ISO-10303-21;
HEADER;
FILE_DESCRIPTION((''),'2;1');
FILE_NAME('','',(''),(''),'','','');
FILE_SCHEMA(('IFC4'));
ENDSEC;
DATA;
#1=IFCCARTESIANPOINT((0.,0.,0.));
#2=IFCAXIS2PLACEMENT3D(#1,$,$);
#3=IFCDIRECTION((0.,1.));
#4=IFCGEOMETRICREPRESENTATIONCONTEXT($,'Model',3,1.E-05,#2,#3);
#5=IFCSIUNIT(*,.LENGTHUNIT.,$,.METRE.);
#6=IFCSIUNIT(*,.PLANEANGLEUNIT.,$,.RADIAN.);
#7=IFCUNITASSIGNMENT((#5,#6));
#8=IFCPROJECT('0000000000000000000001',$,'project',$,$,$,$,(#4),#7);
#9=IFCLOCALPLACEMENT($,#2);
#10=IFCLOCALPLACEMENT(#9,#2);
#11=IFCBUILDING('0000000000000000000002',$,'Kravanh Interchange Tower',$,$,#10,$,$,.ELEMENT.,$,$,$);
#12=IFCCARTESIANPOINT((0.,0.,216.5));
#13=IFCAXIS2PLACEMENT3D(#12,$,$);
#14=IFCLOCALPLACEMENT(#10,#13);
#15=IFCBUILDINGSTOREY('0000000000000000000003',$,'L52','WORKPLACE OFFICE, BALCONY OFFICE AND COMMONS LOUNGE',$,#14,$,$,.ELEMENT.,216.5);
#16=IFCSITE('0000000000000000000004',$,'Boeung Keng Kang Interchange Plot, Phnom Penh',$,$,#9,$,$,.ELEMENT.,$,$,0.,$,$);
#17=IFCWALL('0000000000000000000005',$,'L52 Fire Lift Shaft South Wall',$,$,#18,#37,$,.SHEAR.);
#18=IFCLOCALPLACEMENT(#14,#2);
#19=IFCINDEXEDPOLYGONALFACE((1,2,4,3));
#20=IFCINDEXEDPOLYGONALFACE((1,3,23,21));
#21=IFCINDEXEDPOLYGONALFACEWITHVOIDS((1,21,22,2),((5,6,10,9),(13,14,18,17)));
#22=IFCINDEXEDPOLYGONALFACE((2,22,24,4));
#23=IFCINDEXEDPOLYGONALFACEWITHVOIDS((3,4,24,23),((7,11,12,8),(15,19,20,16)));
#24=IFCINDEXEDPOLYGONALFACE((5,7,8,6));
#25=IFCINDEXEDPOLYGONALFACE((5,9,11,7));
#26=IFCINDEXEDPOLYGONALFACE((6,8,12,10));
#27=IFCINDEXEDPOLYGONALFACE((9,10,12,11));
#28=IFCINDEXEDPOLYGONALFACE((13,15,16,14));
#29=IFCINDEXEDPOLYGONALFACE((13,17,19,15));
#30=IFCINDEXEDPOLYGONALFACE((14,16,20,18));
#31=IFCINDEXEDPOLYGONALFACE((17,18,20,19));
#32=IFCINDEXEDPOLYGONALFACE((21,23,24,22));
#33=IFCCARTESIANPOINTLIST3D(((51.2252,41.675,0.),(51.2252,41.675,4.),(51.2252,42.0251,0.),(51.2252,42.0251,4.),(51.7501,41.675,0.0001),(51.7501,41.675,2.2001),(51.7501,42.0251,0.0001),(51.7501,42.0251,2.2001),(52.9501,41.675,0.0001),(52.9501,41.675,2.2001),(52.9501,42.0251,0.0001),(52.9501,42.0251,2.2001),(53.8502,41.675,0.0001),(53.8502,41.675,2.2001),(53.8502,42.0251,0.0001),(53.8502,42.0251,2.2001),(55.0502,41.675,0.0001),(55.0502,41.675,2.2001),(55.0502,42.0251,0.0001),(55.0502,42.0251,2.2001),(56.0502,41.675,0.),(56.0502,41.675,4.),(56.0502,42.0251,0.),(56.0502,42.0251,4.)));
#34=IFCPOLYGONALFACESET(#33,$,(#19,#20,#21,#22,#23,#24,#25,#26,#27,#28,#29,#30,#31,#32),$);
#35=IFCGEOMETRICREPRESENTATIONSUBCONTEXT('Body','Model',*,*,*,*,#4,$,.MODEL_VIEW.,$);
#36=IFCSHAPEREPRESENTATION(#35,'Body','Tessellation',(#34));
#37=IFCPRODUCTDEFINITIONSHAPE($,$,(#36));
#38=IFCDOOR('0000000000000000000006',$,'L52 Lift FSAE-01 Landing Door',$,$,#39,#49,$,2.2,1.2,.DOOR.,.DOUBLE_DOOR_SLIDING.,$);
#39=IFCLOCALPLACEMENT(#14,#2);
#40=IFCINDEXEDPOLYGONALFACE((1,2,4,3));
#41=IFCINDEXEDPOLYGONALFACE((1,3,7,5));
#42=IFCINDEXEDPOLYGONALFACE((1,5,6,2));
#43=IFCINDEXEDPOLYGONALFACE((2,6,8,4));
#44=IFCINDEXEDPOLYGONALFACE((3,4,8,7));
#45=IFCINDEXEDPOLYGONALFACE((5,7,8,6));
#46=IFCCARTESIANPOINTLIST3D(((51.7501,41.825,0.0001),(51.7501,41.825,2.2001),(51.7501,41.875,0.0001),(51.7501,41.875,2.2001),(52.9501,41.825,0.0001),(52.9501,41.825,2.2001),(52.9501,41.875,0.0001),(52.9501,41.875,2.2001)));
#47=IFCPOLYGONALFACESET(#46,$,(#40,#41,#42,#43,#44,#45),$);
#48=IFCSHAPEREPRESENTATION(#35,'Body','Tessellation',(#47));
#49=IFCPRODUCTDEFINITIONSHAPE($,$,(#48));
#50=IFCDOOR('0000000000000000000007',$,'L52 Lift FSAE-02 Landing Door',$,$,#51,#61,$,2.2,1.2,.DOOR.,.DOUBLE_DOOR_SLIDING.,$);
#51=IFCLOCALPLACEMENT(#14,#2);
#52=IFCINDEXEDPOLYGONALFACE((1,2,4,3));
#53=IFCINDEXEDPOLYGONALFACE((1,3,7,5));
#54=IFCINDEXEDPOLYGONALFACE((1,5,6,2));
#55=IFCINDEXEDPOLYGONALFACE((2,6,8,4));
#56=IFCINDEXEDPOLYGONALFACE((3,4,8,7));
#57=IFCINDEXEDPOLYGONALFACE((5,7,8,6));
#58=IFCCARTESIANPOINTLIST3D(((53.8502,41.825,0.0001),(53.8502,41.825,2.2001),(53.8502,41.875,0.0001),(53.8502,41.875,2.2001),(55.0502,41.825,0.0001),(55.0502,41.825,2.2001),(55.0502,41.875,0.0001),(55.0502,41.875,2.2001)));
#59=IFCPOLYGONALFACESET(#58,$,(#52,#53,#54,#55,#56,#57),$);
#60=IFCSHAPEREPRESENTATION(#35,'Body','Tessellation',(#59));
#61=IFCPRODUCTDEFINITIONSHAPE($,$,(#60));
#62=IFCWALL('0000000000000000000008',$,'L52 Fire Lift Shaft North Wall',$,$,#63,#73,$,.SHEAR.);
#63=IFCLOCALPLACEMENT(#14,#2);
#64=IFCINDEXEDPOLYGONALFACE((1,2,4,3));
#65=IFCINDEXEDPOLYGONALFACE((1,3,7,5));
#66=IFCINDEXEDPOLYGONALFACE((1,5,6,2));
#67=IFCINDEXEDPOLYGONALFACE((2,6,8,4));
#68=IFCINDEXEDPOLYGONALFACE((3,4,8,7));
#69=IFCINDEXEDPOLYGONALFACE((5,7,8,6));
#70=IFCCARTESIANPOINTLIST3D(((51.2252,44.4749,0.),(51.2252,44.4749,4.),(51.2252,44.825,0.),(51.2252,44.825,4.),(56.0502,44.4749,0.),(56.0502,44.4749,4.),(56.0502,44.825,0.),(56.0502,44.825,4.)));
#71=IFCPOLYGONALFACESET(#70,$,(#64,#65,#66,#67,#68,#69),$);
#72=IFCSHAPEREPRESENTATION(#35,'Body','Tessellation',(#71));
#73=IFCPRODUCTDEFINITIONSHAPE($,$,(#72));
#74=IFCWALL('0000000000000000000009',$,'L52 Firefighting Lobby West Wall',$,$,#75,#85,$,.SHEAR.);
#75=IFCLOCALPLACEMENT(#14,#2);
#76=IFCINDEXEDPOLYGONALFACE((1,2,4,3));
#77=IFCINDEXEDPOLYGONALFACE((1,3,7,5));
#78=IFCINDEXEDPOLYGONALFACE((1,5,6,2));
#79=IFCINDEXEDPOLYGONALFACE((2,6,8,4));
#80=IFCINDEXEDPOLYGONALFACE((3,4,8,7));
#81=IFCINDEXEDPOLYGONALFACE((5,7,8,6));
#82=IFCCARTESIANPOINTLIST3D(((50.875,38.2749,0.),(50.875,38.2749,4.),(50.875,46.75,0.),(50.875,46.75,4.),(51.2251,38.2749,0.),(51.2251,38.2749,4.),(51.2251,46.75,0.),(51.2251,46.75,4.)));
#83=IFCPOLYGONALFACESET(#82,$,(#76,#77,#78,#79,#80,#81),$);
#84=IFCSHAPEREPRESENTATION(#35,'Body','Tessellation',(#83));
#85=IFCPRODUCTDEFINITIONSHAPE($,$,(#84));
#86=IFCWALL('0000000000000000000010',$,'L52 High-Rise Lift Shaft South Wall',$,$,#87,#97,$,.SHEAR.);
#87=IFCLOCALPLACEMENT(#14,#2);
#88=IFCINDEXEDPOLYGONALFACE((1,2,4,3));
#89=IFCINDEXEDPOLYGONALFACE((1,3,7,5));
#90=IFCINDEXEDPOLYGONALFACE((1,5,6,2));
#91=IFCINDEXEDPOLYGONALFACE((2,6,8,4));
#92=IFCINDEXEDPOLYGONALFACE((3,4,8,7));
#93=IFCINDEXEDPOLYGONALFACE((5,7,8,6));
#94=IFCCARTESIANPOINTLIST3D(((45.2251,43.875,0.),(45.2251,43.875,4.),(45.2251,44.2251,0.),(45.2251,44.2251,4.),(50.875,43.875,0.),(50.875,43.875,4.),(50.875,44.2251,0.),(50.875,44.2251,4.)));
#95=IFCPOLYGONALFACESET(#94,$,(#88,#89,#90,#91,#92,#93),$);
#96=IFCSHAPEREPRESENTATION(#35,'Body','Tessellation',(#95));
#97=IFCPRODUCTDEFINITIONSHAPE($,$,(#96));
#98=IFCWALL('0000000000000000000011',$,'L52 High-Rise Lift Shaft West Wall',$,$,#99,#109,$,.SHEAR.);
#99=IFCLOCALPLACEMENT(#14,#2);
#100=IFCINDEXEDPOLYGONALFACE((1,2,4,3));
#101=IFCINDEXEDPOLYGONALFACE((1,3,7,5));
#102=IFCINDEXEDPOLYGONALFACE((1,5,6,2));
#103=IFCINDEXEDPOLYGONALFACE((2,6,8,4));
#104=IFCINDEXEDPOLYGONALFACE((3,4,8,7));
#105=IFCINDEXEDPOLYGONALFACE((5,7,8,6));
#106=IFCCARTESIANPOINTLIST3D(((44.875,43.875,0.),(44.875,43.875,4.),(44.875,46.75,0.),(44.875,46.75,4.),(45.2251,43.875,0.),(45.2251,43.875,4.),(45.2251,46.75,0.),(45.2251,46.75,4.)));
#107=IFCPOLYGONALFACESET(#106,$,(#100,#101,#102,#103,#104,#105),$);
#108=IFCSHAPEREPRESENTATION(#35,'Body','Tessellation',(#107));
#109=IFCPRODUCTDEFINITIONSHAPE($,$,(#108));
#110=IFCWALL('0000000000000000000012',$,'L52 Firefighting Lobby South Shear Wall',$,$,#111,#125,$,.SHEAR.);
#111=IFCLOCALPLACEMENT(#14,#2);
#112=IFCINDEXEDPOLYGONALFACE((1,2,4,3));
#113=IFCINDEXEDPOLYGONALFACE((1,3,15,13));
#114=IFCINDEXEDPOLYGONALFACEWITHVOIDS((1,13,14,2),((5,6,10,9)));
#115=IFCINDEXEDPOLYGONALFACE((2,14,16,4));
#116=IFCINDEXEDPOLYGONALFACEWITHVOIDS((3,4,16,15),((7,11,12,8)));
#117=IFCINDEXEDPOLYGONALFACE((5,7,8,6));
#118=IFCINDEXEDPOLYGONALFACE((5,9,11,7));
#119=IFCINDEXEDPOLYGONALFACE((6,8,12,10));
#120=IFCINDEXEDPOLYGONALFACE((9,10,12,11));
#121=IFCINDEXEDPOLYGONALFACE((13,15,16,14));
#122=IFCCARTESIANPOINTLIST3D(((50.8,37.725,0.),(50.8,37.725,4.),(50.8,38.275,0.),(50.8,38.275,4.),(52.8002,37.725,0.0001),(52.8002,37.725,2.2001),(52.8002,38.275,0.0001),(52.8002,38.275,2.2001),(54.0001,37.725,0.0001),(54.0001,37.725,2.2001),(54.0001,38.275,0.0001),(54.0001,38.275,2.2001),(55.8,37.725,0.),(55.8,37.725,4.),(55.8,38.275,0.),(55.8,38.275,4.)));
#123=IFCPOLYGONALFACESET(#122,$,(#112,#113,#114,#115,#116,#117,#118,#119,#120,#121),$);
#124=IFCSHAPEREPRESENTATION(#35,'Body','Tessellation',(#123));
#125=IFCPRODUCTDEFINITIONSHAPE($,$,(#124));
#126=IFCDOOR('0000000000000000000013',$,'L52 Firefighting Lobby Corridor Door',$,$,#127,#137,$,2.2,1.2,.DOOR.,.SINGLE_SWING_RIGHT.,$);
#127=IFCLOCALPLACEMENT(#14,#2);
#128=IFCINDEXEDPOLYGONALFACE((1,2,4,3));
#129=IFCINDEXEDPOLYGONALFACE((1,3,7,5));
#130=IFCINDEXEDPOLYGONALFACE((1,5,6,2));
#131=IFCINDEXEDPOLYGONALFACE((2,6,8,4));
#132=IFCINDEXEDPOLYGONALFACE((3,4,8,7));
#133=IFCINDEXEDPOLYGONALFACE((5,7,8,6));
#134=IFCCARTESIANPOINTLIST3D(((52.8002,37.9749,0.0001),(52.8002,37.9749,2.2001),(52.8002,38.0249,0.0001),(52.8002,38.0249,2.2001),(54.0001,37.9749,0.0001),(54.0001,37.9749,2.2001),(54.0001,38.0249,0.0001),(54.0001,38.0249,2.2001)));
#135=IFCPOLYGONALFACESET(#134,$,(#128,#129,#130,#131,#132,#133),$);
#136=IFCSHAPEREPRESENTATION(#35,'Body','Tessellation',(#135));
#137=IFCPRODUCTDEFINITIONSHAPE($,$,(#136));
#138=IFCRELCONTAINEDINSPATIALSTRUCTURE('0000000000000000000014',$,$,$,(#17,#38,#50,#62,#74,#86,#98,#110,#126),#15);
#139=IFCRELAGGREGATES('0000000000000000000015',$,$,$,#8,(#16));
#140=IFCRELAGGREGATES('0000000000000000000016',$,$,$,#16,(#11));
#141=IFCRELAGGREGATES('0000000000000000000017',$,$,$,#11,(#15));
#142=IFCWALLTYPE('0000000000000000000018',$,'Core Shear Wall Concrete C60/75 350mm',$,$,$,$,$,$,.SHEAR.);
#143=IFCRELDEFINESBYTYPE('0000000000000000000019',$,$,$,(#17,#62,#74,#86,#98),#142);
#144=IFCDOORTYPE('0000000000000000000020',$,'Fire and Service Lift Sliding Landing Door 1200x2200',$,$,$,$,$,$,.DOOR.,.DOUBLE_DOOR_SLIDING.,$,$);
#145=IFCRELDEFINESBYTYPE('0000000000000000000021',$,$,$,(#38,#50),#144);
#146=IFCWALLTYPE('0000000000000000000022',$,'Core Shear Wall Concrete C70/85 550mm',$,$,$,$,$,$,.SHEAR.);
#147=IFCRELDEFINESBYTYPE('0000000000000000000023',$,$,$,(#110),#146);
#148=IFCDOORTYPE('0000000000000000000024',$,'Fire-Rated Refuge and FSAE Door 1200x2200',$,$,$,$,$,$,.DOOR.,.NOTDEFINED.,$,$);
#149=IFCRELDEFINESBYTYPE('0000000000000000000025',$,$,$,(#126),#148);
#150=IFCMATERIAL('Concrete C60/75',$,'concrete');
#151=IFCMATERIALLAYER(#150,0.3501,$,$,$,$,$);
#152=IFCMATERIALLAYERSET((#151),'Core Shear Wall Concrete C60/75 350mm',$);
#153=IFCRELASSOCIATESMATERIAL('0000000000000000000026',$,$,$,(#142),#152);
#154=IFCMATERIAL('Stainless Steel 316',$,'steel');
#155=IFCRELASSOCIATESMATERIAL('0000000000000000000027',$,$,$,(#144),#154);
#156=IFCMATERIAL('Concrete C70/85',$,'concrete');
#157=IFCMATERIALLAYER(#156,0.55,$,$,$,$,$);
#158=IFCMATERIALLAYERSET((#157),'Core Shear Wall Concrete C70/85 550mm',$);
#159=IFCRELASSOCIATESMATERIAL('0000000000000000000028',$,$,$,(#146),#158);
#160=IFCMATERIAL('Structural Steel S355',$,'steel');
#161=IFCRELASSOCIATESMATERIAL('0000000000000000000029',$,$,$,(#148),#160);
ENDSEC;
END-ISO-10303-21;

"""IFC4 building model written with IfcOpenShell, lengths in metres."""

from ifc_helpers import new_model, si_unit, direction, frame, frame_2d, origin, place, context, subcontext, project, spatial, rectangle, extrude, material, layer, layer_set, type_object, element, fill, save


model = new_model("IFC4")

# Units and contexts
model_context = context("Model", 3, precision=1e-05, world=origin(), true_north=direction((0.0, 1.0)))
body_context = subcontext(model_context, "Body", "Model", "MODEL_VIEW")
ifc_project = project(units=[si_unit("LENGTHUNIT", "METRE"), si_unit("PLANEANGLEUNIT", "RADIAN")], contexts=[model_context])

# Site, building, storey
site_placement = place(None, origin())
site = spatial("IfcSite", under=ifc_project, at=site_placement, Name="Boeung Keng Kang Interchange Plot, Phnom Penh", CompositionType="ELEMENT", RefElevation=0.0)
building_placement = place(site_placement, origin())
building = spatial("IfcBuilding", under=site, at=building_placement, Name="Kravanh Interchange Tower", CompositionType="ELEMENT")
storey_placement = place(building_placement, frame((0.0, 0.0, 216.5)))
storey = spatial("IfcBuildingStorey", under=building, at=storey_placement, Name="L52", Description="WORKPLACE OFFICE, BALCONY OFFICE AND COMMONS LOUNGE", CompositionType="ELEMENT", Elevation=216.5)

# Wall, openings, doors
ifc_material_1 = material(Name="Concrete C60/75", Category="concrete")
ifc_layer_1 = layer(ifc_material_1, 0.3501)
ifc_layer_set_1 = layer_set([ifc_layer_1], Name="Core Shear Wall Concrete C60/75 350mm")
wall_type_1 = type_object("IfcWallType", Name="Core Shear Wall Concrete C60/75 350mm", PredefinedType="SHEAR", material=ifc_layer_set_1)
wall_1_placement = place(storey_placement, frame((51.2251, 41.8501, 0.0), z_axis=(0.0, 0.0, 1.0), x_axis=(1.0, 0.0, 0.0)))
wall_1 = element("IfcWall", 1, at=wall_1_placement, inside=storey, type_object=wall_type_1, Name="L52 Fire Lift Shaft South Wall", PredefinedType="SHEAR", context=body_context, shape_type="SweptSolid", body=[
    extrude(rectangle(XDim=4.825, YDim=0.3501, at=frame_2d((2.4126, 0.0))), origin(), (0.0, 0.0, 1.0), 4.0),
])
opening_1_placement = place(wall_1_placement, frame((0.5249, 0.0, 0.0)))
opening_1 = element("IfcOpeningElement", 2, at=opening_1_placement, cuts=wall_1, PredefinedType="OPENING", context=body_context, shape_type="SweptSolid", body=[
    extrude(rectangle(XDim=1.2, YDim=2.2, at=frame_2d((0.6001, 1.1001))), frame((0.0, 0.1851, 0.0), z_axis=(0.0, -1.0, 0.0), x_axis=(1.0, 0.0, 0.0)), (0.0, 0.0, 1.0), 0.3701),
])
opening_2_placement = place(wall_1_placement, frame((2.625, 0.0, 0.0)))
opening_2 = element("IfcOpeningElement", 3, at=opening_2_placement, cuts=wall_1, PredefinedType="OPENING", context=body_context, shape_type="SweptSolid", body=[
    extrude(rectangle(XDim=1.2, YDim=2.2, at=frame_2d((0.6001, 1.1001))), frame((0.0, 0.1851, 0.0), z_axis=(0.0, -1.0, 0.0), x_axis=(1.0, 0.0, 0.0)), (0.0, 0.0, 1.0), 0.3701),
])
ifc_material_2 = material(Name="Stainless Steel 316", Category="steel")
door_type_1 = type_object("IfcDoorType", Name="Fire and Service Lift Sliding Landing Door 1200x2200", OperationType="DOUBLE_DOOR_SLIDING", PredefinedType="DOOR", material=ifc_material_2)
door_1_placement = place(opening_1_placement, origin())
door_1 = element("IfcDoor", 4, at=door_1_placement, inside=storey, type_object=door_type_1, Name="L52 Lift FSAE-01 Landing Door", OperationType="DOUBLE_DOOR_SLIDING", OverallHeight=2.2, OverallWidth=1.2, PredefinedType="DOOR", context=body_context, shape_type="SweptSolid", body=[
    extrude(rectangle(XDim=1.2, YDim=2.2, at=frame_2d((0.6001, 1.1001))), frame((0.0, 0.0249, 0.0), z_axis=(0.0, -1.0, 0.0), x_axis=(1.0, 0.0, 0.0)), (0.0, 0.0, 1.0), 0.05),
])
fill(opening_1, door_1)
door_2_placement = place(opening_2_placement, origin())
door_2 = element("IfcDoor", 5, at=door_2_placement, inside=storey, type_object=door_type_1, Name="L52 Lift FSAE-02 Landing Door", OperationType="DOUBLE_DOOR_SLIDING", OverallHeight=2.2, OverallWidth=1.2, PredefinedType="DOOR", context=body_context, shape_type="SweptSolid", body=[
    extrude(rectangle(XDim=1.2, YDim=2.2, at=frame_2d((0.6001, 1.1001))), frame((0.0, 0.0249, 0.0), z_axis=(0.0, -1.0, 0.0), x_axis=(1.0, 0.0, 0.0)), (0.0, 0.0, 1.0), 0.05),
])
fill(opening_2, door_2)

# Walls
wall_2_placement = place(storey_placement, frame((51.2251, 44.6499, 0.0), z_axis=(0.0, 0.0, 1.0), x_axis=(1.0, 0.0, 0.0)))
element("IfcWall", 6, at=wall_2_placement, inside=storey, type_object=wall_type_1, Name="L52 Fire Lift Shaft North Wall", PredefinedType="SHEAR", context=body_context, shape_type="SweptSolid", body=[
    extrude(rectangle(XDim=4.825, YDim=0.3501, at=frame_2d((2.4126, 0.0))), origin(), (0.0, 0.0, 1.0), 4.0),
])
wall_3_placement = place(storey_placement, frame((51.05, 38.2749, 0.0), z_axis=(0.0, 0.0, 1.0), x_axis=(0.0, 1.0, 0.0)))
element("IfcWall", 7, at=wall_3_placement, inside=storey, type_object=wall_type_1, Name="L52 Firefighting Lobby West Wall", PredefinedType="SHEAR", context=body_context, shape_type="SweptSolid", body=[
    extrude(rectangle(XDim=8.4751, YDim=0.3501, at=frame_2d((4.2375, 0.0))), origin(), (0.0, 0.0, 1.0), 4.0),
])
wall_4_placement = place(storey_placement, frame((45.2251, 44.05, 0.0), z_axis=(0.0, 0.0, 1.0), x_axis=(1.0, 0.0, 0.0)))
element("IfcWall", 8, at=wall_4_placement, inside=storey, type_object=wall_type_1, Name="L52 High-Rise Lift Shaft South Wall", PredefinedType="SHEAR", context=body_context, shape_type="SweptSolid", body=[
    extrude(rectangle(XDim=5.6499, YDim=0.3501, at=frame_2d((2.825, 0.0))), origin(), (0.0, 0.0, 1.0), 4.0),
])
wall_5_placement = place(storey_placement, frame((45.05, 43.875, 0.0), z_axis=(0.0, 0.0, 1.0), x_axis=(0.0, 1.0, 0.0)))
element("IfcWall", 9, at=wall_5_placement, inside=storey, type_object=wall_type_1, Name="L52 High-Rise Lift Shaft West Wall", PredefinedType="SHEAR", context=body_context, shape_type="SweptSolid", body=[
    extrude(rectangle(XDim=2.875, YDim=0.3501, at=frame_2d((1.4375, 0.0))), origin(), (0.0, 0.0, 1.0), 4.0),
])

# Shared definitions
ifc_material_3 = material(Name="Concrete C70/85", Category="concrete")
ifc_layer_2 = layer(ifc_material_3, 0.55)
ifc_layer_set_2 = layer_set([ifc_layer_2], Name="Core Shear Wall Concrete C70/85 550mm")
wall_type_2 = type_object("IfcWallType", Name="Core Shear Wall Concrete C70/85 550mm", PredefinedType="SHEAR", material=ifc_layer_set_2)

# Wall, opening, door
wall_6_placement = place(storey_placement, frame((50.8, 38.0, 0.0), z_axis=(0.0, 0.0, 1.0), x_axis=(1.0, 0.0, 0.0)))
wall_6 = element("IfcWall", 10, at=wall_6_placement, inside=storey, type_object=wall_type_2, Name="L52 Firefighting Lobby South Shear Wall", PredefinedType="SHEAR", context=body_context, shape_type="SweptSolid", body=[
    extrude(rectangle(XDim=5.0, YDim=0.55, at=frame_2d((2.5, 0.0))), origin(), (0.0, 0.0, 1.0), 4.0),
])
opening_3_placement = place(wall_6_placement, frame((2.0, 0.0, 0.0)))
opening_3 = element("IfcOpeningElement", 11, at=opening_3_placement, cuts=wall_6, PredefinedType="OPENING", context=body_context, shape_type="SweptSolid", body=[
    extrude(rectangle(XDim=1.2, YDim=2.2, at=frame_2d((0.6001, 1.1001))), frame((0.0, 0.2852, 0.0), z_axis=(0.0, -1.0, 0.0), x_axis=(1.0, 0.0, 0.0)), (0.0, 0.0, 1.0), 0.5701),
])
ifc_material_4 = material(Name="Structural Steel S355", Category="steel")
door_type_2 = type_object("IfcDoorType", Name="Fire-Rated Refuge and FSAE Door 1200x2200", OperationType="NOTDEFINED", PredefinedType="DOOR", material=ifc_material_4)
door_3_placement = place(opening_3_placement, origin())
door_3 = element("IfcDoor", 12, at=door_3_placement, inside=storey, type_object=door_type_2, Name="L52 Firefighting Lobby Corridor Door", OperationType="SINGLE_SWING_RIGHT", OverallHeight=2.2, OverallWidth=1.2, PredefinedType="DOOR", context=body_context, shape_type="SweptSolid", body=[
    extrude(rectangle(XDim=1.2, YDim=2.2, at=frame_2d((0.6001, 1.1001))), frame((0.0, 0.0249, 0.0), z_axis=(0.0, -1.0, 0.0), x_axis=(1.0, 0.0, 0.0)), (0.0, 0.0, 1.0), 0.05),
])
fill(opening_3, door_3)

save(model, "model.ifc")
